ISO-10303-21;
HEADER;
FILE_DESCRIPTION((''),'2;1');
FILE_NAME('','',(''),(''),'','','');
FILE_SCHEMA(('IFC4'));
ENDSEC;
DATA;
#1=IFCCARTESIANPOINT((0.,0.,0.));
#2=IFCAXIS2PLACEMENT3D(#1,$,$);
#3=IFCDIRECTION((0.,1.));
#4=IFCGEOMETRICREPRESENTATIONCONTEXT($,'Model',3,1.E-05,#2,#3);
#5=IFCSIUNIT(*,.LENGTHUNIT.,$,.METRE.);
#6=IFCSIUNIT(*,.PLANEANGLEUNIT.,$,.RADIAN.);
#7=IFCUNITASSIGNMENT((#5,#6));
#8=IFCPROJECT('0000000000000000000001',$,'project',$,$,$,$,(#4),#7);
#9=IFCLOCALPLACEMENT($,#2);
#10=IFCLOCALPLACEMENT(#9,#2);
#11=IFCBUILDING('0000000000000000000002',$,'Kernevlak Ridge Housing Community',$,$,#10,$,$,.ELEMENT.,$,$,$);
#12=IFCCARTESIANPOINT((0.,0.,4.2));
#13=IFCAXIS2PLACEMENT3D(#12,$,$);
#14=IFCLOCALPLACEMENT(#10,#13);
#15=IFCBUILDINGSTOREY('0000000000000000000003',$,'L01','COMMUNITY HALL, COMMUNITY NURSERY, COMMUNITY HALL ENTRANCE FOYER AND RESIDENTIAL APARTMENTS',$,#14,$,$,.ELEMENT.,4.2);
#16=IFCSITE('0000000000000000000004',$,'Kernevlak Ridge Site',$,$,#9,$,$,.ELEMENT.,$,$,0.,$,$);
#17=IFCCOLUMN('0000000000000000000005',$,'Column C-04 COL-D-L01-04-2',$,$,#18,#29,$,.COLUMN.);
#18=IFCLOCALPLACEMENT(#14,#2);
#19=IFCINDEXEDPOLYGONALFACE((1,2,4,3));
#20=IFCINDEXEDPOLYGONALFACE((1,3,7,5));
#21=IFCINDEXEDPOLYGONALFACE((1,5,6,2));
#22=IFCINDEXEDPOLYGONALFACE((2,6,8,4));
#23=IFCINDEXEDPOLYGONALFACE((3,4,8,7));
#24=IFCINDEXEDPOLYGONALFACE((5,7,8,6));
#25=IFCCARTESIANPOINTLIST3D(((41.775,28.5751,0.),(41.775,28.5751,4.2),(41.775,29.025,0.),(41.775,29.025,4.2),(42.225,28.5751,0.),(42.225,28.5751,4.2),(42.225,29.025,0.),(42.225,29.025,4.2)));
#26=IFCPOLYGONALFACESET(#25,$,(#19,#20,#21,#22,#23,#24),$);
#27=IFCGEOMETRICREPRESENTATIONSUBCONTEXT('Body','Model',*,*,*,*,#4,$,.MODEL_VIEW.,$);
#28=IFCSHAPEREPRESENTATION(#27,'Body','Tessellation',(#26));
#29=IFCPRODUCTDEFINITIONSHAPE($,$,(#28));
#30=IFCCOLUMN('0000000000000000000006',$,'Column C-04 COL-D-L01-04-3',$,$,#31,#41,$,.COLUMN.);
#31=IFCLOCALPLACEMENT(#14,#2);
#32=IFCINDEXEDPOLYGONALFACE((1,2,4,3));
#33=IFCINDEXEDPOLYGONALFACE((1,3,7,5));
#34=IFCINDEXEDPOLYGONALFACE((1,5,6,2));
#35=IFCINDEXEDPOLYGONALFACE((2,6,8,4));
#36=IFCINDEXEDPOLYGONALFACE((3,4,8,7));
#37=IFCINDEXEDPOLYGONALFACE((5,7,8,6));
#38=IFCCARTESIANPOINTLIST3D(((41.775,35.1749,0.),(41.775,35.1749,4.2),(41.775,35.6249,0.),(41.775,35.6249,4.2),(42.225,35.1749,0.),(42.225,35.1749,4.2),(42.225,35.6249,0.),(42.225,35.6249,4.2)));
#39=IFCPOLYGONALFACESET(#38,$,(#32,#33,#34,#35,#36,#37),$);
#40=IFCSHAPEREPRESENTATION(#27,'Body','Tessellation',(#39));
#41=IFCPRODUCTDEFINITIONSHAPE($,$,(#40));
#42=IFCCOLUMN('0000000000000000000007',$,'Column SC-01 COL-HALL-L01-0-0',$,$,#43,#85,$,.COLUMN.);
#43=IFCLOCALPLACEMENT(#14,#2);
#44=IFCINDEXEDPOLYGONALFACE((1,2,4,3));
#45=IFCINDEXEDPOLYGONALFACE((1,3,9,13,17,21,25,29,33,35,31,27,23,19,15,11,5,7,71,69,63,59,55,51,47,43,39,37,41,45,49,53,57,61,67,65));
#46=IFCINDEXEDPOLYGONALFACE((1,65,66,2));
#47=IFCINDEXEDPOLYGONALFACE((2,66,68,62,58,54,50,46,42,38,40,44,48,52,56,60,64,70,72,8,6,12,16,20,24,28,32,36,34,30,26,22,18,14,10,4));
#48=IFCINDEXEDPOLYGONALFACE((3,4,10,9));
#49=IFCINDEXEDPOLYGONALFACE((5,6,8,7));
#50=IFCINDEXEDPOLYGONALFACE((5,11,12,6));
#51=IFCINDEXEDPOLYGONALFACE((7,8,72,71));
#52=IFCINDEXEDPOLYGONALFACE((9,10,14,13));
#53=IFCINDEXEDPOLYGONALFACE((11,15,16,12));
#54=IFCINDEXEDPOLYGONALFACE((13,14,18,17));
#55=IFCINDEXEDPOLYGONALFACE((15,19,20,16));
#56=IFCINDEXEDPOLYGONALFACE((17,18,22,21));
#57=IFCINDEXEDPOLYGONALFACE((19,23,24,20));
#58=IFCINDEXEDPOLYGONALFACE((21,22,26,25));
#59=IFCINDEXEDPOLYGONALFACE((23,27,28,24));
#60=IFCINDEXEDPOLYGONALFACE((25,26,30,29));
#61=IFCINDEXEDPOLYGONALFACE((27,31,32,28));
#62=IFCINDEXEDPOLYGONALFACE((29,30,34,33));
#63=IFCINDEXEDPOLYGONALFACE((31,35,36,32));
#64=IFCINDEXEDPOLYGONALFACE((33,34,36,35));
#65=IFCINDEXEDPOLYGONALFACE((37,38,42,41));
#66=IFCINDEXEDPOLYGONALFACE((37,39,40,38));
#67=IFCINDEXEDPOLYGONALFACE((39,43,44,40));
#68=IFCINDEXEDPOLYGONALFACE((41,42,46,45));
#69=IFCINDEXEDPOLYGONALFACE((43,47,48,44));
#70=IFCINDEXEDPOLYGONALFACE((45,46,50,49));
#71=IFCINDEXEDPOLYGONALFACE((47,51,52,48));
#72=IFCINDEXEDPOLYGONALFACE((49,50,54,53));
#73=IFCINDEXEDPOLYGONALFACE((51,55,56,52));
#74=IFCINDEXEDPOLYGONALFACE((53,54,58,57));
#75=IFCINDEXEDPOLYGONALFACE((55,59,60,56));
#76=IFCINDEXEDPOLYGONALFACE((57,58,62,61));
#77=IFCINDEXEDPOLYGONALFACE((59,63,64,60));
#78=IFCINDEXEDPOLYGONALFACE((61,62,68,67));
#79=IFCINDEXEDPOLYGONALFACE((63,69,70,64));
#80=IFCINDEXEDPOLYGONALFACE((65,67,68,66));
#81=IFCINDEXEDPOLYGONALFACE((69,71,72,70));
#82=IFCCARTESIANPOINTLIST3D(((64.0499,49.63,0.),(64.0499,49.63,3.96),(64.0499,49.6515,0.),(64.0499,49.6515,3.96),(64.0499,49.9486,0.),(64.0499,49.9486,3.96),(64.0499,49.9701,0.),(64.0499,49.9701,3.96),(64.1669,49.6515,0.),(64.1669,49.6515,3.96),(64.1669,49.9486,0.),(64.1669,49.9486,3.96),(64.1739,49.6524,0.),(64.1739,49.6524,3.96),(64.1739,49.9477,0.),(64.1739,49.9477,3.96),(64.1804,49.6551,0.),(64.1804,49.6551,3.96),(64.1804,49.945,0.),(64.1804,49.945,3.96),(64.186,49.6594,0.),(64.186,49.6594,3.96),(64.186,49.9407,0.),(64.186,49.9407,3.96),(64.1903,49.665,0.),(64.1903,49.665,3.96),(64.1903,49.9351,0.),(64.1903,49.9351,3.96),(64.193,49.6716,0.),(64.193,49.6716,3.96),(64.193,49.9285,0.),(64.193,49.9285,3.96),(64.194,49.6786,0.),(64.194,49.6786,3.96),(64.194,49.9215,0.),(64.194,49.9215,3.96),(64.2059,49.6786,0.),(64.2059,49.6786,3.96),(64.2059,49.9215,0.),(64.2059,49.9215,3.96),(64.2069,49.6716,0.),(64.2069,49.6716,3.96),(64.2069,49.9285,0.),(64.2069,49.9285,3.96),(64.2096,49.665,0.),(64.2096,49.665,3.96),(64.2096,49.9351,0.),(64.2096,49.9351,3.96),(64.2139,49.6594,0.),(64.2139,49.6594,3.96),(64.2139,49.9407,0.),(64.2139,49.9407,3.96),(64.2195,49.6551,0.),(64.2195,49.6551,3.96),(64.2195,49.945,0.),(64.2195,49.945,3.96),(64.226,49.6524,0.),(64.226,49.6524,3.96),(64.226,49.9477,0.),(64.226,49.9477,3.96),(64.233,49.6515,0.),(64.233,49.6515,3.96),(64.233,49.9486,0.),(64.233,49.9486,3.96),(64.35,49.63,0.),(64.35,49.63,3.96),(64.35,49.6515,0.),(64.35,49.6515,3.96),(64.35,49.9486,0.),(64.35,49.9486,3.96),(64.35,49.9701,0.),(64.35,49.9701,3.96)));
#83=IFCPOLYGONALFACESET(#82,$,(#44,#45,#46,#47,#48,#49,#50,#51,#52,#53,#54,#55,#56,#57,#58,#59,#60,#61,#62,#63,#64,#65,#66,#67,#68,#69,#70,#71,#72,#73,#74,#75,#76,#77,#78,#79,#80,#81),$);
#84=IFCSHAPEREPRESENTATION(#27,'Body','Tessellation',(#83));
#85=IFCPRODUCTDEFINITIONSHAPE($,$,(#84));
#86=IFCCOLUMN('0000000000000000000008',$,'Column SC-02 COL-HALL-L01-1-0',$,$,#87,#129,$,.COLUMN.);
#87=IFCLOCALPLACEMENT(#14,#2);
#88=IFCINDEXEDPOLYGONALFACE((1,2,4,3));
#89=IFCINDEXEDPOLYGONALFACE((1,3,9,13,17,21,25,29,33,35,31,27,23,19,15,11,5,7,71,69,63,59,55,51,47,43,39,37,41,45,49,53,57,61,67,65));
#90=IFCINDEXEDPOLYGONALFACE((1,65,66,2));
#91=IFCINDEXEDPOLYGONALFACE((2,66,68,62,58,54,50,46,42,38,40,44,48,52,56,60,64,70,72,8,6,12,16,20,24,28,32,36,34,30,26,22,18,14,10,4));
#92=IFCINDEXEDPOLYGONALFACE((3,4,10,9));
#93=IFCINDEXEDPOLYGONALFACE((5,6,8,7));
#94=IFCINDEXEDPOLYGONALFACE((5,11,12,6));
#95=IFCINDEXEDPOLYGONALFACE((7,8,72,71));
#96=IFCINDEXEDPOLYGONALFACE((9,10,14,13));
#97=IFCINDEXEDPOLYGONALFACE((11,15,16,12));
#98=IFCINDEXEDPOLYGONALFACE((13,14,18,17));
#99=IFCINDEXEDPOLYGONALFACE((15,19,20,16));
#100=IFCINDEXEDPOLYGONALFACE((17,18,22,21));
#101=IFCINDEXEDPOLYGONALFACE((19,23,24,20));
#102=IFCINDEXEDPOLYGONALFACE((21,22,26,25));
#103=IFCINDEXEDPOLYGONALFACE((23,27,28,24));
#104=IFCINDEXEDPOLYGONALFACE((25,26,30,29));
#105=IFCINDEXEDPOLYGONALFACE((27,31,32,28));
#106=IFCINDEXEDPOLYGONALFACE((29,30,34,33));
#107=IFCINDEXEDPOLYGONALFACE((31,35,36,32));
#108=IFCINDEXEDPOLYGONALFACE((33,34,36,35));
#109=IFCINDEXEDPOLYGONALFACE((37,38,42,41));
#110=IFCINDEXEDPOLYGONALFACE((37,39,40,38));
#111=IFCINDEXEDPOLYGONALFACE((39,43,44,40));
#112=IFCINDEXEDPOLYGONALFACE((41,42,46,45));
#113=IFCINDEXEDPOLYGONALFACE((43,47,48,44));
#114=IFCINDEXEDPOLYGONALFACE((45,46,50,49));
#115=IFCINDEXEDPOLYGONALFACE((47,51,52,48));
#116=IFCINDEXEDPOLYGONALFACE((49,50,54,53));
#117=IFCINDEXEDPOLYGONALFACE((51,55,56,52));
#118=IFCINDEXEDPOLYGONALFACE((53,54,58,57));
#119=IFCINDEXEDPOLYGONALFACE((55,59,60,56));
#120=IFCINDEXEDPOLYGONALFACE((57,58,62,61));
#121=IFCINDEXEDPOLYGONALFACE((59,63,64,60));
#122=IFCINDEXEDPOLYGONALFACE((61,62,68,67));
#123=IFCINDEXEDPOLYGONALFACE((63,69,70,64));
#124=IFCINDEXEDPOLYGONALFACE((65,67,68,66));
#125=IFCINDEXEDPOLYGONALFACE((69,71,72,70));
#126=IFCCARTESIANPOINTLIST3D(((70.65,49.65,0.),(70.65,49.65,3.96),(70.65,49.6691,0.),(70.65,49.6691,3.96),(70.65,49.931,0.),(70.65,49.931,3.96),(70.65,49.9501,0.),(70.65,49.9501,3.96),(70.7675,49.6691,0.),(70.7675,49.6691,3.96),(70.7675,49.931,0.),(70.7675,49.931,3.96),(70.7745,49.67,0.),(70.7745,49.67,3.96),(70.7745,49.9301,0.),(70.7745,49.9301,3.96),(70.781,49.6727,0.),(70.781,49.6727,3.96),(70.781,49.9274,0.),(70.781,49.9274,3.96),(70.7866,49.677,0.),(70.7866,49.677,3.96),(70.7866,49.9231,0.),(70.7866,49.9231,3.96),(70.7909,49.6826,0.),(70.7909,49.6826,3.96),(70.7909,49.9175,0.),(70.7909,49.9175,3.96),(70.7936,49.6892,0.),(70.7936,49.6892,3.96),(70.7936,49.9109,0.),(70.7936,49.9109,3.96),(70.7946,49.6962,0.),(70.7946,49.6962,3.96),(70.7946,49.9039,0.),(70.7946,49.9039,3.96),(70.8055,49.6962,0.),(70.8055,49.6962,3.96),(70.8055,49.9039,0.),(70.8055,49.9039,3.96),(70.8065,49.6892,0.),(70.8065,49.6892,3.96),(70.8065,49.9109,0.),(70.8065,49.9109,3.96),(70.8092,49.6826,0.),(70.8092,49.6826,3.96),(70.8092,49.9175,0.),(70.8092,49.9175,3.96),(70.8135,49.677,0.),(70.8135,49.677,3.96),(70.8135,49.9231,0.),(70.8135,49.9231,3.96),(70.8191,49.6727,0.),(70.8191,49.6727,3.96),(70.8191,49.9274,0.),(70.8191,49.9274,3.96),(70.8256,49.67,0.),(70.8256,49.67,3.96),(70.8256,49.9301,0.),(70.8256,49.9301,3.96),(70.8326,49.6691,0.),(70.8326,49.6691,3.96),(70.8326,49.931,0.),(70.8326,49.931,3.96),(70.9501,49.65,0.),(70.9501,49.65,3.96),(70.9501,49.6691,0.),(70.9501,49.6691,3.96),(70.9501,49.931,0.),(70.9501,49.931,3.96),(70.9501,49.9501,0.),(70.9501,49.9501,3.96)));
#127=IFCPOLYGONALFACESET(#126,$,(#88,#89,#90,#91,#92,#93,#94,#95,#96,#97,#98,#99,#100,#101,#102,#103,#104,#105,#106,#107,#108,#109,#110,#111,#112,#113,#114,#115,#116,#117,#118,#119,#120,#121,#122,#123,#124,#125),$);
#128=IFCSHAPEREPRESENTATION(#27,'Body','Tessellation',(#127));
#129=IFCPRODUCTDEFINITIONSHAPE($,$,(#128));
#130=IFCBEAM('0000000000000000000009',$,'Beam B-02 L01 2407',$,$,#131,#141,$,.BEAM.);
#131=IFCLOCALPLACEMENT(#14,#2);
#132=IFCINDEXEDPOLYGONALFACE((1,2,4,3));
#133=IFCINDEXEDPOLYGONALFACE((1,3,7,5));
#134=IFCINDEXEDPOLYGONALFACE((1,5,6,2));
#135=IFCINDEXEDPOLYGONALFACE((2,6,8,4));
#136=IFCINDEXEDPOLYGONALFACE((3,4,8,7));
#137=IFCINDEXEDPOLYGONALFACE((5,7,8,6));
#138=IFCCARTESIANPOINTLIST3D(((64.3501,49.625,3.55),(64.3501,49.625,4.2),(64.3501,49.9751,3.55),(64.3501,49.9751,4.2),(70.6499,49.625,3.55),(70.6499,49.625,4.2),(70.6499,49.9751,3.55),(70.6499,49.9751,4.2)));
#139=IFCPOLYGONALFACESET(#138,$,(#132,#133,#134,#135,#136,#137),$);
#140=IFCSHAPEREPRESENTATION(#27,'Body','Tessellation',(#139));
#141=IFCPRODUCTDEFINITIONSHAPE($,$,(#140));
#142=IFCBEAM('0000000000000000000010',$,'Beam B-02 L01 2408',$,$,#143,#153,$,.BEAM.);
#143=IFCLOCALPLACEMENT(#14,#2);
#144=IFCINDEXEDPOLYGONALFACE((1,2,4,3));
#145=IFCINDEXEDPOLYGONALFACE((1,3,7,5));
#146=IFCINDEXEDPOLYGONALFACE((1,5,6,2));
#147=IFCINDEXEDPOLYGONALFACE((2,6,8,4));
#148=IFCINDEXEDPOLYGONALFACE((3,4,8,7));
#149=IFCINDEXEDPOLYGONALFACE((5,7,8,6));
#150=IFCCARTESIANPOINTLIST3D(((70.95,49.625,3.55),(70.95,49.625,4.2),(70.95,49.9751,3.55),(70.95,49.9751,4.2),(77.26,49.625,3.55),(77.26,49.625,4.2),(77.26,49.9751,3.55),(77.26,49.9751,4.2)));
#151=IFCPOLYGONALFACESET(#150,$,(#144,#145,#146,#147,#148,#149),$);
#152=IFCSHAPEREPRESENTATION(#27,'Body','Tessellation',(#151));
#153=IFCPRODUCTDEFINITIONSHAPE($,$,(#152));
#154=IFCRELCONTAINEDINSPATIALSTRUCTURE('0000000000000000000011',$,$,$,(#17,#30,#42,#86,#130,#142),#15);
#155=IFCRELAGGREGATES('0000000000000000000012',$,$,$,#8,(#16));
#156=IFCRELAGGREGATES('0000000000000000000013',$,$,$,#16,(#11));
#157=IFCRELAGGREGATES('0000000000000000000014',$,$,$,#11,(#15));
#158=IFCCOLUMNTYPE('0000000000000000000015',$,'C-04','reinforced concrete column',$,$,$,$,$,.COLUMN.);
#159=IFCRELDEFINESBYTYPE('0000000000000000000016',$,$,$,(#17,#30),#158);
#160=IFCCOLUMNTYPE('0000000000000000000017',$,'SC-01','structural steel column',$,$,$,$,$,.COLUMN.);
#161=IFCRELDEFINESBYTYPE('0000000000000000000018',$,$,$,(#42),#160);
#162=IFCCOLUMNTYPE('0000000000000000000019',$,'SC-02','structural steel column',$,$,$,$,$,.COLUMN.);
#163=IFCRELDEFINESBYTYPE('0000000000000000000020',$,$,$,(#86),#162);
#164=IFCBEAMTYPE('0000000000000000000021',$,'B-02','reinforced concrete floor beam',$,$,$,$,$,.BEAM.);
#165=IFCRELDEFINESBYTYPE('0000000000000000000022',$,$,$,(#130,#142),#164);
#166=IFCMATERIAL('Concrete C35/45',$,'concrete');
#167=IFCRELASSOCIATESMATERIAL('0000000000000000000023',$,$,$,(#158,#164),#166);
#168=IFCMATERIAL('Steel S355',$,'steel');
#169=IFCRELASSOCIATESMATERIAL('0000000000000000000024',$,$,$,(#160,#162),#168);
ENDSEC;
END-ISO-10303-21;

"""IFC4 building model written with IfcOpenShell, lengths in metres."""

from ifc_helpers import new_model, si_unit, direction, frame, origin, origin_2d, place, context, subcontext, project, spatial, rectangle, i_section, extrude, material, material_profile, profile_set, type_object, element, save


model = new_model("IFC4")

# Units and contexts
model_context = context("Model", 3, precision=1e-05, world=origin(), true_north=direction((0.0, 1.0)))
body_context = subcontext(model_context, "Body", "Model", "MODEL_VIEW")
ifc_project = project(units=[si_unit("LENGTHUNIT", "METRE"), si_unit("PLANEANGLEUNIT", "RADIAN")], contexts=[model_context])

# Site, building, storey
site_placement = place(None, origin())
site = spatial("IfcSite", under=ifc_project, at=site_placement, Name="Kernevlak Ridge Site", CompositionType="ELEMENT", RefElevation=0.0)
building_placement = place(site_placement, origin())
building = spatial("IfcBuilding", under=site, at=building_placement, Name="Kernevlak Ridge Housing Community", CompositionType="ELEMENT")
storey_placement = place(building_placement, frame((0.0, 0.0, 4.2)))
storey = spatial("IfcBuildingStorey", under=building, at=storey_placement, Name="L01", Description="COMMUNITY HALL, COMMUNITY NURSERY, COMMUNITY HALL ENTRANCE FOYER AND RESIDENTIAL APARTMENTS", CompositionType="ELEMENT", Elevation=4.2)

# Columns
ifc_material_1 = material(Name="Concrete C35/45", Category="concrete")
ifc_material_profile_1 = material_profile(ifc_material_1, rectangle(XDim=0.45, YDim=0.45, at=origin_2d()), Name="RC 450x450")
ifc_profile_set_1 = profile_set([ifc_material_profile_1], Name="Concrete C35/45")
column_type_1 = type_object("IfcColumnType", Name="C-04", Description="reinforced concrete column", PredefinedType="COLUMN", material=ifc_profile_set_1)
for number, where, z_axis, x_axis, name in (
    (1, (42.0, 28.8, 0.0), (0.0, 0.0, 1.0), (1.0, 0.0, 0.0), "Column C-04 COL-D-L01-04-2"),
    (2, (42.0, 35.3999, 0.0), (0.0, 0.0, 1.0), (1.0, 0.0, 0.0), "Column C-04 COL-D-L01-04-3"),
):
    element("IfcColumn", number, at=place(storey_placement, frame(where, z_axis=z_axis, x_axis=x_axis)), inside=storey, type_object=column_type_1, Name=name, PredefinedType="COLUMN", context=body_context, shape_type="SweptSolid", body=[
        extrude(rectangle(XDim=0.45, YDim=0.45, at=origin_2d()), origin(), (0.0, 0.0, 1.0), 4.2),
    ])
ifc_material_2 = material(Name="Steel S355", Category="steel")
ifc_material_profile_2 = material_profile(ifc_material_2, i_section(OverallWidth=0.3, OverallDepth=0.3401, WebThickness=0.012, FlangeThickness=0.0215, FilletRadius=0.0271, at=origin_2d()), Name="HEB 340")
ifc_profile_set_2 = profile_set([ifc_material_profile_2], Name="Steel S355")
column_type_2 = type_object("IfcColumnType", Name="SC-01", Description="structural steel column", PredefinedType="COLUMN", material=ifc_profile_set_2)
column_1_placement = place(storey_placement, frame((64.2, 49.8, 0.0), z_axis=(0.0, 0.0, 1.0), x_axis=(1.0, 0.0, 0.0)))
element("IfcColumn", 3, at=column_1_placement, inside=storey, type_object=column_type_2, Name="Column SC-01 COL-HALL-L01-0-0", PredefinedType="COLUMN", context=body_context, shape_type="SweptSolid", body=[
    extrude(i_section(OverallWidth=0.3, OverallDepth=0.3401, WebThickness=0.012, FlangeThickness=0.0215, FilletRadius=0.0271, at=origin_2d()), origin(), (0.0, 0.0, 1.0), 3.96),
])
ifc_material_profile_3 = material_profile(ifc_material_2, i_section(OverallWidth=0.3, OverallDepth=0.3, WebThickness=0.011, FlangeThickness=0.019, FilletRadius=0.0271, at=origin_2d()), Name="HEB 300")
ifc_profile_set_3 = profile_set([ifc_material_profile_3], Name="Steel S355")
column_type_3 = type_object("IfcColumnType", Name="SC-02", Description="structural steel column", PredefinedType="COLUMN", material=ifc_profile_set_3)
column_2_placement = place(storey_placement, frame((70.8, 49.8, 0.0), z_axis=(0.0, 0.0, 1.0), x_axis=(1.0, 0.0, 0.0)))
element("IfcColumn", 4, at=column_2_placement, inside=storey, type_object=column_type_3, Name="Column SC-02 COL-HALL-L01-1-0", PredefinedType="COLUMN", context=body_context, shape_type="SweptSolid", body=[
    extrude(i_section(OverallWidth=0.3, OverallDepth=0.3, WebThickness=0.011, FlangeThickness=0.019, FilletRadius=0.0271, at=origin_2d()), origin(), (0.0, 0.0, 1.0), 3.96),
])

# Beams
ifc_material_profile_4 = material_profile(ifc_material_1, rectangle(XDim=0.3501, YDim=0.6499, at=origin_2d()), Name="RC 350x650")
ifc_profile_set_4 = profile_set([ifc_material_profile_4], Name="Concrete C35/45")
beam_type_1 = type_object("IfcBeamType", Name="B-02", Description="reinforced concrete floor beam", PredefinedType="BEAM", material=ifc_profile_set_4)
beam_1_placement = place(storey_placement, frame((64.3501, 49.8, 3.875), z_axis=(1.0, 0.0, 0.0), x_axis=(0.0, 1.0, 0.0)))
element("IfcBeam", 5, at=beam_1_placement, inside=storey, type_object=beam_type_1, Name="Beam B-02 L01 2407", PredefinedType="BEAM", context=body_context, shape_type="SweptSolid", body=[
    extrude(rectangle(XDim=0.3501, YDim=0.6499, at=origin_2d()), origin(), (0.0, 0.0, 1.0), 6.2998),
])
beam_2_placement = place(storey_placement, frame((70.95, 49.8, 3.875), z_axis=(1.0, 0.0, 0.0), x_axis=(0.0, 1.0, 0.0)))
element("IfcBeam", 6, at=beam_2_placement, inside=storey, type_object=beam_type_1, Name="Beam B-02 L01 2408", PredefinedType="BEAM", context=body_context, shape_type="SweptSolid", body=[
    extrude(rectangle(XDim=0.3501, YDim=0.6499, at=origin_2d()), origin(), (0.0, 0.0, 1.0), 6.3101),
])

save(model, "model.ifc")
